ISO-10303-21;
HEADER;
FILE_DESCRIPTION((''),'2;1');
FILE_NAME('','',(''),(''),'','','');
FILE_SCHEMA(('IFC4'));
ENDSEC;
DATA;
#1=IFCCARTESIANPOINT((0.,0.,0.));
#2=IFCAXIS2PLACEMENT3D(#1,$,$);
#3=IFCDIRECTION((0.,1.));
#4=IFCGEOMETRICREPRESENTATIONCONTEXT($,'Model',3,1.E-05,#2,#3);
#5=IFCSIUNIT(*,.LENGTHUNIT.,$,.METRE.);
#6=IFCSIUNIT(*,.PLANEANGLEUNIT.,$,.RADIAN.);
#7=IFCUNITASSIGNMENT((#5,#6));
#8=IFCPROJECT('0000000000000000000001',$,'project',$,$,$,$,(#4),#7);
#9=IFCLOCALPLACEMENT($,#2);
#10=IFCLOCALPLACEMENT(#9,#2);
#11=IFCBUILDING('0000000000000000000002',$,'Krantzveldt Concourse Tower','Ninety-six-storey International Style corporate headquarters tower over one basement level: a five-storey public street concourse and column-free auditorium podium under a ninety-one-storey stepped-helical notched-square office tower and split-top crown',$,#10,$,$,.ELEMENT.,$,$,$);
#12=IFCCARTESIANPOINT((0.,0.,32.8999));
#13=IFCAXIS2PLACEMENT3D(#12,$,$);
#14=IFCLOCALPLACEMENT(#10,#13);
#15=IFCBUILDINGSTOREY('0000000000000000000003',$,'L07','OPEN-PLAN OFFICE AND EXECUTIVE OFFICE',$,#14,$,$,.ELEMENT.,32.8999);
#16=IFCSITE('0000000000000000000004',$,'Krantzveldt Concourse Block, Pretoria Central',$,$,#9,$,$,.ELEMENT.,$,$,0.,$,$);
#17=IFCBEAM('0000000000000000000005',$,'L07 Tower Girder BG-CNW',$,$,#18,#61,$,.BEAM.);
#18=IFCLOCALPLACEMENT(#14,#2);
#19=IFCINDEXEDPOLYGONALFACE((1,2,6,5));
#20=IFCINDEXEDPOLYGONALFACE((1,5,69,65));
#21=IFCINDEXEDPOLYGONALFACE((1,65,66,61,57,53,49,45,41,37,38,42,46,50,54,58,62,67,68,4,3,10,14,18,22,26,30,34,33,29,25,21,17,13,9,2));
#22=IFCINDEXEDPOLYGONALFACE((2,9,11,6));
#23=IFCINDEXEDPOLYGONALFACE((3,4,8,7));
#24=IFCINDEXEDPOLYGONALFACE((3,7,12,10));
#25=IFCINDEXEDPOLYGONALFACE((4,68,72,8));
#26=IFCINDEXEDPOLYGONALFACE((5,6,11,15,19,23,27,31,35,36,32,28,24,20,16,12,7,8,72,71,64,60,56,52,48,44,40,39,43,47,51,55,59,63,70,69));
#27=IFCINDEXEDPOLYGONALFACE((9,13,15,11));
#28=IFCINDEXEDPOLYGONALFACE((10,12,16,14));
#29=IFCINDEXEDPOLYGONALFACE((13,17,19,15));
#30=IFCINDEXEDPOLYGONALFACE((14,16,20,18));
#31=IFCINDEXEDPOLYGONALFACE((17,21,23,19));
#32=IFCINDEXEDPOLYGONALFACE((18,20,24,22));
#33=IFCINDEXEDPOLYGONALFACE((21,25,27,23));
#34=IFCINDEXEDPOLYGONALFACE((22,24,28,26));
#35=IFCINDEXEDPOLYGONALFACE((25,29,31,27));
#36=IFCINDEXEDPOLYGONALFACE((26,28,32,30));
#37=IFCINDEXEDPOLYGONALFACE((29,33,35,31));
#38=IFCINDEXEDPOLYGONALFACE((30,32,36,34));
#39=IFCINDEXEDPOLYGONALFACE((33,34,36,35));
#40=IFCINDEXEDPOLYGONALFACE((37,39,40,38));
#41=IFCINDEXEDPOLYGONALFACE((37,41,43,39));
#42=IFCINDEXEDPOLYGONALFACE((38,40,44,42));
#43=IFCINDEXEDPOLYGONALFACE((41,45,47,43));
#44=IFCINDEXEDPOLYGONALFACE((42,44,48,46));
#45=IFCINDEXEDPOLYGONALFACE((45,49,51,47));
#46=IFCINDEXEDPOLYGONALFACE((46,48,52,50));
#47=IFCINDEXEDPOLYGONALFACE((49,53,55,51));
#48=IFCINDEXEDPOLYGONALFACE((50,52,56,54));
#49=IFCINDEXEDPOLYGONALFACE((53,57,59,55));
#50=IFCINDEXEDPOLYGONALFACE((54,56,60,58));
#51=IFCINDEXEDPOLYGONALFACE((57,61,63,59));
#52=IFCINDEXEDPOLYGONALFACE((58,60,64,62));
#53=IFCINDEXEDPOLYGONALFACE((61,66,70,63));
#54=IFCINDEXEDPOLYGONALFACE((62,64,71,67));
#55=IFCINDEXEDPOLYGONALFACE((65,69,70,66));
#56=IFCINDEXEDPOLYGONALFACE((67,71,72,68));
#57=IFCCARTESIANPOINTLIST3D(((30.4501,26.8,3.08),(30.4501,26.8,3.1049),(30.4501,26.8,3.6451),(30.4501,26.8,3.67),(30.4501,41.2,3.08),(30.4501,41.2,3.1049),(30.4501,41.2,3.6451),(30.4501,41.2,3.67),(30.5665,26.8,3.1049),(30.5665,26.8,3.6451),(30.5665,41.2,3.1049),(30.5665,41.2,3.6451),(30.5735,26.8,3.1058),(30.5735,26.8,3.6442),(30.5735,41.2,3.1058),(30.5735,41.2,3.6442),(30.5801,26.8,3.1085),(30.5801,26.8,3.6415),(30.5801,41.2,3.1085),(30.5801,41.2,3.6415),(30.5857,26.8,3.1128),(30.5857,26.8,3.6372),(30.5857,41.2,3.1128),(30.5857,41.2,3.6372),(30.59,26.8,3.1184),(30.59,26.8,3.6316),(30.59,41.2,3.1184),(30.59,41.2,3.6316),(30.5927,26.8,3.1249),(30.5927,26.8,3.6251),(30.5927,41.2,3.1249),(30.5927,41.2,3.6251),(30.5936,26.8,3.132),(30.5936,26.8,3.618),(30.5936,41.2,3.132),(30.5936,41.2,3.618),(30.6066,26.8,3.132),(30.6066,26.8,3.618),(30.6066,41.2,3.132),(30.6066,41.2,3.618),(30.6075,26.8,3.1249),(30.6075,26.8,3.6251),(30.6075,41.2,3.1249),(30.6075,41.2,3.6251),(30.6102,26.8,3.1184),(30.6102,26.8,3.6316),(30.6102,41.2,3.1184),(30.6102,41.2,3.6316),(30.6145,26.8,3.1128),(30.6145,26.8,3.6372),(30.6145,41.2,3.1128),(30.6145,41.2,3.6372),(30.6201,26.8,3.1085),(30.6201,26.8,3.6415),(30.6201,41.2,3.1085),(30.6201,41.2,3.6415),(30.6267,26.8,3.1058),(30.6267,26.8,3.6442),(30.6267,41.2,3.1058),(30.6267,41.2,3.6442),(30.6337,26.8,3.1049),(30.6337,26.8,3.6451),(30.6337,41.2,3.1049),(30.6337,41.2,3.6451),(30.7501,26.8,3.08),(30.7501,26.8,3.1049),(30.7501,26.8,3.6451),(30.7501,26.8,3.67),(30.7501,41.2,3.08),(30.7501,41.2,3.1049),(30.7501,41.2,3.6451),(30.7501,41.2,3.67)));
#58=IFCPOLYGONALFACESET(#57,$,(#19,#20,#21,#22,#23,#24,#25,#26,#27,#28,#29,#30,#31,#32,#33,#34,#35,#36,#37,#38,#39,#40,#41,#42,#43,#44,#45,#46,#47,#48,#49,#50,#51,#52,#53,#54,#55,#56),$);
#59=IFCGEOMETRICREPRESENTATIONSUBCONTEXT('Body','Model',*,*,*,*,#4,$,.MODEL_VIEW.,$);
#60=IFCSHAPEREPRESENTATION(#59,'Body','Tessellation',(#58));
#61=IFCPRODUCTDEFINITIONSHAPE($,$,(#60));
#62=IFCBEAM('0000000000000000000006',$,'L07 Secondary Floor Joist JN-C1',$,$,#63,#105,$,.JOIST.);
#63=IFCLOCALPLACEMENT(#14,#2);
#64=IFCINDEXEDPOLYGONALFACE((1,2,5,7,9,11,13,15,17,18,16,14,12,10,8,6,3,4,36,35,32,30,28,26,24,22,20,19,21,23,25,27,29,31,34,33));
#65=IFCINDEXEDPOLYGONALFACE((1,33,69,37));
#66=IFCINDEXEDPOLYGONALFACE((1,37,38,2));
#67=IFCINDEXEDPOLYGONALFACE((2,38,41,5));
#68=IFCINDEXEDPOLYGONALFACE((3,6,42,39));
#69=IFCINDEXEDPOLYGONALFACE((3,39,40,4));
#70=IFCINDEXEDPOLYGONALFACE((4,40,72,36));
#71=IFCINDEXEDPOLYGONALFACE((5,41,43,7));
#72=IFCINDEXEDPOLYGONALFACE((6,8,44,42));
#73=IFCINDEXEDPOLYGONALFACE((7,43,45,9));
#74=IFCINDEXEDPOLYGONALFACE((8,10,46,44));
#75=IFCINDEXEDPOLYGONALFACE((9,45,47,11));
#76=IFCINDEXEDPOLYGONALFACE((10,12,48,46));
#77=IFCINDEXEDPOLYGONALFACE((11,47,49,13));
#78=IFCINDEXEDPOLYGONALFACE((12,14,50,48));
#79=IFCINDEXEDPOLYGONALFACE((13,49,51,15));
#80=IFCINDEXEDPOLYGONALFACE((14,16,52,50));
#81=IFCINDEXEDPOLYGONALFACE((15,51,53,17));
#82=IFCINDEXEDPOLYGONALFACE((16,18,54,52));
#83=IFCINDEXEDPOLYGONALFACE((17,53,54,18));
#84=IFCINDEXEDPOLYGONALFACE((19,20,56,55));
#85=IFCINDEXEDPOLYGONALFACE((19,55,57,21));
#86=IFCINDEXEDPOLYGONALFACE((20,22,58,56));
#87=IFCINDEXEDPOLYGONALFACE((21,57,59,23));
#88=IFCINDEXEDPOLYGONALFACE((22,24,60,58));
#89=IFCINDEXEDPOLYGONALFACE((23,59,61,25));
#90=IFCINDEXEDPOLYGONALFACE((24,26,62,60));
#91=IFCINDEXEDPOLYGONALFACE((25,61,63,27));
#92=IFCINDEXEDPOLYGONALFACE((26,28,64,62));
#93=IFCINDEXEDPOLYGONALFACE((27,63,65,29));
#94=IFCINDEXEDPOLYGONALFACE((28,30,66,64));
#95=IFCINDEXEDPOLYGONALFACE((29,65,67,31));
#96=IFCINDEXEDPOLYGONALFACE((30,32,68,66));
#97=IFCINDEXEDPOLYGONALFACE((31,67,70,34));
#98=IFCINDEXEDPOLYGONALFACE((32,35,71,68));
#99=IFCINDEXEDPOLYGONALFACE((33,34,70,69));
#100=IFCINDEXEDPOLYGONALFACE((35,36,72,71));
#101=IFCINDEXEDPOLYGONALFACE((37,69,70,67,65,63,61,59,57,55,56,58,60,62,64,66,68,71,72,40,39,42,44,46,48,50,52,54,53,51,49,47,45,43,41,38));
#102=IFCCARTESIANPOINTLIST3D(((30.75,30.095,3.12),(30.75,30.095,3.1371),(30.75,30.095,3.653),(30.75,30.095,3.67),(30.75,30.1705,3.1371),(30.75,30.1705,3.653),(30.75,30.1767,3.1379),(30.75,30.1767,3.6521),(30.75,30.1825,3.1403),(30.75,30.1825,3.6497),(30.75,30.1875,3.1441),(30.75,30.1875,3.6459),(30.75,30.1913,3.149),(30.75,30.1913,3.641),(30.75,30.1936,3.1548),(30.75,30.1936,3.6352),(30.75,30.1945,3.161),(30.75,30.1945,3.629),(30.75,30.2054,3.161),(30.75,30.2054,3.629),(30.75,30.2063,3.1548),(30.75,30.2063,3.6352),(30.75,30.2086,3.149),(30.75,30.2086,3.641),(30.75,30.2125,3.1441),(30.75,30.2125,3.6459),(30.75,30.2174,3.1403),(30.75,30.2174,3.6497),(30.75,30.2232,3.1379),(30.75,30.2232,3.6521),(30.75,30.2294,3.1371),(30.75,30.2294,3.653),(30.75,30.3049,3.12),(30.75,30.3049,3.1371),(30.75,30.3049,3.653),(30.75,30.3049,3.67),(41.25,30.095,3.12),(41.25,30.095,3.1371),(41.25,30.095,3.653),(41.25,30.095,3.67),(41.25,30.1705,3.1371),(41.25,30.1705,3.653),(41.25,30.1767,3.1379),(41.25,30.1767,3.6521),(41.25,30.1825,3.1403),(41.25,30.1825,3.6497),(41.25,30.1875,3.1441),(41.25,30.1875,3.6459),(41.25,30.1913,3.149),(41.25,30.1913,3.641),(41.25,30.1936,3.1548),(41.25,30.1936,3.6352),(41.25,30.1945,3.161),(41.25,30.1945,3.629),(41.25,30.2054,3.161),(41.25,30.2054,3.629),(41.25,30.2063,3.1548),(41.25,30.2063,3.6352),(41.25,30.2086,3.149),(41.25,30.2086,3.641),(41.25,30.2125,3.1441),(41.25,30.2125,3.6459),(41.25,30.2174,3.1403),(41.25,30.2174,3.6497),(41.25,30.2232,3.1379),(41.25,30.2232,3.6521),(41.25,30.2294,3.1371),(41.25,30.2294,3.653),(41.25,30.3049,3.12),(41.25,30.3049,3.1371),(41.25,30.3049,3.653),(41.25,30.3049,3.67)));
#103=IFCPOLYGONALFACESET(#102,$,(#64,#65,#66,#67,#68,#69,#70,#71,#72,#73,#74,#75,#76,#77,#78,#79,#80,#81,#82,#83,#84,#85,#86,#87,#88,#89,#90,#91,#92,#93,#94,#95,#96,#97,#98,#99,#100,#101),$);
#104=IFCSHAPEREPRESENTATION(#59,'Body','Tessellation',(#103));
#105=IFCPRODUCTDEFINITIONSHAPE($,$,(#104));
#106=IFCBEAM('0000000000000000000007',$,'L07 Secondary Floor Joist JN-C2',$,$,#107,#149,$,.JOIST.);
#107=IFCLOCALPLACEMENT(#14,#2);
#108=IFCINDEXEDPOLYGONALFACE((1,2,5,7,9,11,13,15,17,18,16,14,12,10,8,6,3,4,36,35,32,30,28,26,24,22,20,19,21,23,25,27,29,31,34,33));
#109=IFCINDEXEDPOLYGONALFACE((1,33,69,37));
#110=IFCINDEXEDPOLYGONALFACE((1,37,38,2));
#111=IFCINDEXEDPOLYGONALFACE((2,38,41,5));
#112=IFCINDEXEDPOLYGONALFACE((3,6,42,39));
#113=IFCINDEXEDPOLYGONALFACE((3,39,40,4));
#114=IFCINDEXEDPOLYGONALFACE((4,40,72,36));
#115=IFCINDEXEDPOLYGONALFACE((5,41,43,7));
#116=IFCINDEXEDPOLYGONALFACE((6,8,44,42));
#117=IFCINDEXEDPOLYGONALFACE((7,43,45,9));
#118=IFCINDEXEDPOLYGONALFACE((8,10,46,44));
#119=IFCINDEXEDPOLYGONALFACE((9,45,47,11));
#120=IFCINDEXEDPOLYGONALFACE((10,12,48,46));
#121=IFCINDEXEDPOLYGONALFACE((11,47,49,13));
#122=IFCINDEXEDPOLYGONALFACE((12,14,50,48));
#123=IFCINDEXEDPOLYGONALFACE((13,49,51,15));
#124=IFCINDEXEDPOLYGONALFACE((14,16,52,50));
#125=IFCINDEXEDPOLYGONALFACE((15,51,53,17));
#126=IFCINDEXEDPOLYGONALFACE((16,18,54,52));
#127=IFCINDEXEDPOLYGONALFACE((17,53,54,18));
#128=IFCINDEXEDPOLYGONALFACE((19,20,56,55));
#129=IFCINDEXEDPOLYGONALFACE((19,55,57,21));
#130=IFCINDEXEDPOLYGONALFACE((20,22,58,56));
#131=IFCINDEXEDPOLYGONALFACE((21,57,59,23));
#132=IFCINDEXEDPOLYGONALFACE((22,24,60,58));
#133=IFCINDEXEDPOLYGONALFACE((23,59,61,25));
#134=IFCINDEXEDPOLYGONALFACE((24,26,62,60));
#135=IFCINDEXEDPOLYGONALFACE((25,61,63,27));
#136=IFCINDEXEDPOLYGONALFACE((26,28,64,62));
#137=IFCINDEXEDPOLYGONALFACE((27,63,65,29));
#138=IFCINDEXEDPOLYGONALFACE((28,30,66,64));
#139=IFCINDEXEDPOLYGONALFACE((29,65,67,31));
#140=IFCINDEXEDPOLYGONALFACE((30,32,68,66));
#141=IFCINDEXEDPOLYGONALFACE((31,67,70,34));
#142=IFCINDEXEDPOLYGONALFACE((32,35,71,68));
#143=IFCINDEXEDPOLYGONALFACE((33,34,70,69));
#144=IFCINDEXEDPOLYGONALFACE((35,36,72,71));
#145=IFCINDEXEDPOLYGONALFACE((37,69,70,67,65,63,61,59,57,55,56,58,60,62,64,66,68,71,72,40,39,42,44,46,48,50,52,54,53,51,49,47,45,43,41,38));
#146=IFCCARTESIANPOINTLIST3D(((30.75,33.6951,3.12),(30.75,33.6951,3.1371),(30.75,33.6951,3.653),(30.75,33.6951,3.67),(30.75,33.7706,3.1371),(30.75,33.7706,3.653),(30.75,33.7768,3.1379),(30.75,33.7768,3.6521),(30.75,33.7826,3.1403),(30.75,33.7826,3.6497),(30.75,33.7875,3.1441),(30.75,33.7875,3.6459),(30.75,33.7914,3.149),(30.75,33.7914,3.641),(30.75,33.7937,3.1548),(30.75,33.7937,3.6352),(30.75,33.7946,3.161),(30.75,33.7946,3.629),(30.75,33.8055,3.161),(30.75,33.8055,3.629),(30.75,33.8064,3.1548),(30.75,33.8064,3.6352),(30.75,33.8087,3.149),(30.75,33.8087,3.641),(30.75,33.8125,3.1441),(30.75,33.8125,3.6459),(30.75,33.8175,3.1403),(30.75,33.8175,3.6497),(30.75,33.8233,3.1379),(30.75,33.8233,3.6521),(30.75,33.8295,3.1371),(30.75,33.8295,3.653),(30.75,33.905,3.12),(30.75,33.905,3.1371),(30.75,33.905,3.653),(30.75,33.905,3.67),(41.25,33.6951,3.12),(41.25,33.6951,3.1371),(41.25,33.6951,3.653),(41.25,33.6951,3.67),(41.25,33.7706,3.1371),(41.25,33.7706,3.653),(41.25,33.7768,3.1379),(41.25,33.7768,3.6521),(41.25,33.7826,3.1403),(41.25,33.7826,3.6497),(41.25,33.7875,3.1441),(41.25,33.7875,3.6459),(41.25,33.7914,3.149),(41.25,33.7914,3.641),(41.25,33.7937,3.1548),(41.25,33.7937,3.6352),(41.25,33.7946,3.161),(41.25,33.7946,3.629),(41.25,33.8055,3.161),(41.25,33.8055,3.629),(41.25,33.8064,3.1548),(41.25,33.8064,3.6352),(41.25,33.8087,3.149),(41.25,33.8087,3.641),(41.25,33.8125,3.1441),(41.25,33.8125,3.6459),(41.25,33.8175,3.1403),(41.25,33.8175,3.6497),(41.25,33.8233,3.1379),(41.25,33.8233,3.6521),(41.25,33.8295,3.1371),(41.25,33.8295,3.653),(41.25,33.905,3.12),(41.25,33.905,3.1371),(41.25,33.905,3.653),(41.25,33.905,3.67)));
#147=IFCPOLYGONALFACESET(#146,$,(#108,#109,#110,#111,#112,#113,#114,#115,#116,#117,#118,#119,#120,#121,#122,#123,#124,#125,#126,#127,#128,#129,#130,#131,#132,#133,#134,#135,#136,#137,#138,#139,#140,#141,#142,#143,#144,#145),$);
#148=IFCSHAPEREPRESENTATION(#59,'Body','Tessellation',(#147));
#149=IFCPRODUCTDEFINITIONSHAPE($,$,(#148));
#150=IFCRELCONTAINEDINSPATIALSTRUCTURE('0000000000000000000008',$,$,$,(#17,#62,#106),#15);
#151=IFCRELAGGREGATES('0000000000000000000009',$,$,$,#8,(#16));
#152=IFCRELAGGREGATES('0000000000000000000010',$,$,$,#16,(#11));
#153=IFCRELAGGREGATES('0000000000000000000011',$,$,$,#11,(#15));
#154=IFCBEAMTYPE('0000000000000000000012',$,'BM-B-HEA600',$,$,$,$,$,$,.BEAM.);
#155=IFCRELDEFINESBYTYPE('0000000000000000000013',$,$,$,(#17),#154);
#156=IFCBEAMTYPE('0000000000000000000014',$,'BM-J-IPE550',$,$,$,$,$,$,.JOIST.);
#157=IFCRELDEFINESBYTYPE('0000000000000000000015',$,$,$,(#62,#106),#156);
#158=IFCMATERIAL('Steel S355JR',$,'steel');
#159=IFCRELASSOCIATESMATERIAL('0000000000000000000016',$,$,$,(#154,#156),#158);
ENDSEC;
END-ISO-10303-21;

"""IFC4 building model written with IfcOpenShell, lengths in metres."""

from ifc_helpers import new_model, si_unit, direction, frame, origin, origin_2d, place, context, subcontext, project, spatial, i_section, extrude, source, transform, mapped, material, material_profile, profile_set, type_object, type_shapes, element, save


model = new_model("IFC4")

# Units and contexts
model_context = context("Model", 3, precision=1e-05, world=origin(), true_north=direction((0.0, 1.0)))
body_context = subcontext(model_context, "Body", "Model", "MODEL_VIEW")
ifc_project = project(units=[si_unit("LENGTHUNIT", "METRE"), si_unit("PLANEANGLEUNIT", "RADIAN")], contexts=[model_context])

# Site, building, storey
site_placement = place(None, origin())
site = spatial("IfcSite", under=ifc_project, at=site_placement, Name="Krantzveldt Concourse Block, Pretoria Central", CompositionType="ELEMENT", RefElevation=0.0)
building_placement = place(site_placement, origin())
building = spatial("IfcBuilding", under=site, at=building_placement, Name="Krantzveldt Concourse Tower", Description="Ninety-six-storey International Style corporate headquarters tower over one basement level: a five-storey public street concourse and column-free auditorium podium under a ninety-one-storey stepped-helical notched-square office tower and split-top crown", CompositionType="ELEMENT")
storey_placement = place(building_placement, frame((0.0, 0.0, 32.8999)))
storey = spatial("IfcBuildingStorey", under=building, at=storey_placement, Name="L07", Description="OPEN-PLAN OFFICE AND EXECUTIVE OFFICE", CompositionType="ELEMENT", Elevation=32.8999)

# Beams
ifc_material_1 = material(Name="Steel S355JR", Category="steel")
ifc_material_profile_1 = material_profile(ifc_material_1, i_section(OverallWidth=0.3, OverallDepth=0.5901, WebThickness=0.0129, FlangeThickness=0.0249, FilletRadius=0.0271, at=origin_2d()), Name="Steel S355JR", Category="steel")
ifc_profile_set_1 = profile_set([ifc_material_profile_1], Name="Steel S355JR - HEA 600")
beam_type_1 = type_object("IfcBeamType", Name="BM-B-HEA600", PredefinedType="BEAM", material=ifc_profile_set_1)
shared_shape_1 = source(origin(), body_context, "Body", "SweptSolid", [
    extrude(i_section(OverallWidth=0.3, OverallDepth=0.5901, WebThickness=0.0129, FlangeThickness=0.0249, FilletRadius=0.0271, at=origin_2d()), origin(), (0.0, 0.0, 1.0), 14.3999),
])
type_shapes(beam_type_1, [shared_shape_1])
beam_placement = place(storey_placement, frame((30.6001, 26.8, 3.375), z_axis=(0.0, 1.0, 0.0), x_axis=(-1.0, 0.0, 0.0)))
element("IfcBeam", 1, at=beam_placement, inside=storey, type_object=beam_type_1, Name="L07 Tower Girder BG-CNW", PredefinedType="BEAM", context=body_context, shape_type="MappedRepresentation", body=[
    mapped(shared_shape_1, transform((0.0, 0.0, 0.0), x_axis=(1.0, 0.0, 0.0), y_axis=(0.0, 1.0, 0.0), z_axis=(0.0, 0.0, 1.0), scale=1.0)),
])
ifc_material_profile_2 = material_profile(ifc_material_1, i_section(OverallWidth=0.21, OverallDepth=0.55, WebThickness=0.011, FlangeThickness=0.0171, FilletRadius=0.0239, at=origin_2d()), Name="Steel S355JR", Category="steel")
ifc_profile_set_2 = profile_set([ifc_material_profile_2], Name="Steel S355JR - IPE 550")
beam_type_2 = type_object("IfcBeamType", Name="BM-J-IPE550", PredefinedType="JOIST", material=ifc_profile_set_2)
shared_shape_2 = source(origin(), body_context, "Body", "SweptSolid", [
    extrude(i_section(OverallWidth=0.21, OverallDepth=0.55, WebThickness=0.011, FlangeThickness=0.0171, FilletRadius=0.0239, at=origin_2d()), origin(), (0.0, 0.0, 1.0), 10.5),
])
type_shapes(beam_type_2, [shared_shape_2])
for number, where, z_axis, x_axis, name in (
    (2, (30.75, 30.2, 3.395), (1.0, 0.0, 0.0), (0.0, 1.0, 0.0), "L07 Secondary Floor Joist JN-C1"),
    (3, (30.75, 33.8, 3.395), (1.0, 0.0, 0.0), (0.0, 1.0, 0.0), "L07 Secondary Floor Joist JN-C2"),
):
    element("IfcBeam", number, at=place(storey_placement, frame(where, z_axis=z_axis, x_axis=x_axis)), inside=storey, type_object=beam_type_2, Name=name, PredefinedType="JOIST", context=body_context, shape_type="MappedRepresentation", body=[
        mapped(shared_shape_2, transform((0.0, 0.0, 0.0), x_axis=(1.0, 0.0, 0.0), y_axis=(0.0, 1.0, 0.0), z_axis=(0.0, 0.0, 1.0), scale=1.0)),
    ])

save(model, "model.ifc")
